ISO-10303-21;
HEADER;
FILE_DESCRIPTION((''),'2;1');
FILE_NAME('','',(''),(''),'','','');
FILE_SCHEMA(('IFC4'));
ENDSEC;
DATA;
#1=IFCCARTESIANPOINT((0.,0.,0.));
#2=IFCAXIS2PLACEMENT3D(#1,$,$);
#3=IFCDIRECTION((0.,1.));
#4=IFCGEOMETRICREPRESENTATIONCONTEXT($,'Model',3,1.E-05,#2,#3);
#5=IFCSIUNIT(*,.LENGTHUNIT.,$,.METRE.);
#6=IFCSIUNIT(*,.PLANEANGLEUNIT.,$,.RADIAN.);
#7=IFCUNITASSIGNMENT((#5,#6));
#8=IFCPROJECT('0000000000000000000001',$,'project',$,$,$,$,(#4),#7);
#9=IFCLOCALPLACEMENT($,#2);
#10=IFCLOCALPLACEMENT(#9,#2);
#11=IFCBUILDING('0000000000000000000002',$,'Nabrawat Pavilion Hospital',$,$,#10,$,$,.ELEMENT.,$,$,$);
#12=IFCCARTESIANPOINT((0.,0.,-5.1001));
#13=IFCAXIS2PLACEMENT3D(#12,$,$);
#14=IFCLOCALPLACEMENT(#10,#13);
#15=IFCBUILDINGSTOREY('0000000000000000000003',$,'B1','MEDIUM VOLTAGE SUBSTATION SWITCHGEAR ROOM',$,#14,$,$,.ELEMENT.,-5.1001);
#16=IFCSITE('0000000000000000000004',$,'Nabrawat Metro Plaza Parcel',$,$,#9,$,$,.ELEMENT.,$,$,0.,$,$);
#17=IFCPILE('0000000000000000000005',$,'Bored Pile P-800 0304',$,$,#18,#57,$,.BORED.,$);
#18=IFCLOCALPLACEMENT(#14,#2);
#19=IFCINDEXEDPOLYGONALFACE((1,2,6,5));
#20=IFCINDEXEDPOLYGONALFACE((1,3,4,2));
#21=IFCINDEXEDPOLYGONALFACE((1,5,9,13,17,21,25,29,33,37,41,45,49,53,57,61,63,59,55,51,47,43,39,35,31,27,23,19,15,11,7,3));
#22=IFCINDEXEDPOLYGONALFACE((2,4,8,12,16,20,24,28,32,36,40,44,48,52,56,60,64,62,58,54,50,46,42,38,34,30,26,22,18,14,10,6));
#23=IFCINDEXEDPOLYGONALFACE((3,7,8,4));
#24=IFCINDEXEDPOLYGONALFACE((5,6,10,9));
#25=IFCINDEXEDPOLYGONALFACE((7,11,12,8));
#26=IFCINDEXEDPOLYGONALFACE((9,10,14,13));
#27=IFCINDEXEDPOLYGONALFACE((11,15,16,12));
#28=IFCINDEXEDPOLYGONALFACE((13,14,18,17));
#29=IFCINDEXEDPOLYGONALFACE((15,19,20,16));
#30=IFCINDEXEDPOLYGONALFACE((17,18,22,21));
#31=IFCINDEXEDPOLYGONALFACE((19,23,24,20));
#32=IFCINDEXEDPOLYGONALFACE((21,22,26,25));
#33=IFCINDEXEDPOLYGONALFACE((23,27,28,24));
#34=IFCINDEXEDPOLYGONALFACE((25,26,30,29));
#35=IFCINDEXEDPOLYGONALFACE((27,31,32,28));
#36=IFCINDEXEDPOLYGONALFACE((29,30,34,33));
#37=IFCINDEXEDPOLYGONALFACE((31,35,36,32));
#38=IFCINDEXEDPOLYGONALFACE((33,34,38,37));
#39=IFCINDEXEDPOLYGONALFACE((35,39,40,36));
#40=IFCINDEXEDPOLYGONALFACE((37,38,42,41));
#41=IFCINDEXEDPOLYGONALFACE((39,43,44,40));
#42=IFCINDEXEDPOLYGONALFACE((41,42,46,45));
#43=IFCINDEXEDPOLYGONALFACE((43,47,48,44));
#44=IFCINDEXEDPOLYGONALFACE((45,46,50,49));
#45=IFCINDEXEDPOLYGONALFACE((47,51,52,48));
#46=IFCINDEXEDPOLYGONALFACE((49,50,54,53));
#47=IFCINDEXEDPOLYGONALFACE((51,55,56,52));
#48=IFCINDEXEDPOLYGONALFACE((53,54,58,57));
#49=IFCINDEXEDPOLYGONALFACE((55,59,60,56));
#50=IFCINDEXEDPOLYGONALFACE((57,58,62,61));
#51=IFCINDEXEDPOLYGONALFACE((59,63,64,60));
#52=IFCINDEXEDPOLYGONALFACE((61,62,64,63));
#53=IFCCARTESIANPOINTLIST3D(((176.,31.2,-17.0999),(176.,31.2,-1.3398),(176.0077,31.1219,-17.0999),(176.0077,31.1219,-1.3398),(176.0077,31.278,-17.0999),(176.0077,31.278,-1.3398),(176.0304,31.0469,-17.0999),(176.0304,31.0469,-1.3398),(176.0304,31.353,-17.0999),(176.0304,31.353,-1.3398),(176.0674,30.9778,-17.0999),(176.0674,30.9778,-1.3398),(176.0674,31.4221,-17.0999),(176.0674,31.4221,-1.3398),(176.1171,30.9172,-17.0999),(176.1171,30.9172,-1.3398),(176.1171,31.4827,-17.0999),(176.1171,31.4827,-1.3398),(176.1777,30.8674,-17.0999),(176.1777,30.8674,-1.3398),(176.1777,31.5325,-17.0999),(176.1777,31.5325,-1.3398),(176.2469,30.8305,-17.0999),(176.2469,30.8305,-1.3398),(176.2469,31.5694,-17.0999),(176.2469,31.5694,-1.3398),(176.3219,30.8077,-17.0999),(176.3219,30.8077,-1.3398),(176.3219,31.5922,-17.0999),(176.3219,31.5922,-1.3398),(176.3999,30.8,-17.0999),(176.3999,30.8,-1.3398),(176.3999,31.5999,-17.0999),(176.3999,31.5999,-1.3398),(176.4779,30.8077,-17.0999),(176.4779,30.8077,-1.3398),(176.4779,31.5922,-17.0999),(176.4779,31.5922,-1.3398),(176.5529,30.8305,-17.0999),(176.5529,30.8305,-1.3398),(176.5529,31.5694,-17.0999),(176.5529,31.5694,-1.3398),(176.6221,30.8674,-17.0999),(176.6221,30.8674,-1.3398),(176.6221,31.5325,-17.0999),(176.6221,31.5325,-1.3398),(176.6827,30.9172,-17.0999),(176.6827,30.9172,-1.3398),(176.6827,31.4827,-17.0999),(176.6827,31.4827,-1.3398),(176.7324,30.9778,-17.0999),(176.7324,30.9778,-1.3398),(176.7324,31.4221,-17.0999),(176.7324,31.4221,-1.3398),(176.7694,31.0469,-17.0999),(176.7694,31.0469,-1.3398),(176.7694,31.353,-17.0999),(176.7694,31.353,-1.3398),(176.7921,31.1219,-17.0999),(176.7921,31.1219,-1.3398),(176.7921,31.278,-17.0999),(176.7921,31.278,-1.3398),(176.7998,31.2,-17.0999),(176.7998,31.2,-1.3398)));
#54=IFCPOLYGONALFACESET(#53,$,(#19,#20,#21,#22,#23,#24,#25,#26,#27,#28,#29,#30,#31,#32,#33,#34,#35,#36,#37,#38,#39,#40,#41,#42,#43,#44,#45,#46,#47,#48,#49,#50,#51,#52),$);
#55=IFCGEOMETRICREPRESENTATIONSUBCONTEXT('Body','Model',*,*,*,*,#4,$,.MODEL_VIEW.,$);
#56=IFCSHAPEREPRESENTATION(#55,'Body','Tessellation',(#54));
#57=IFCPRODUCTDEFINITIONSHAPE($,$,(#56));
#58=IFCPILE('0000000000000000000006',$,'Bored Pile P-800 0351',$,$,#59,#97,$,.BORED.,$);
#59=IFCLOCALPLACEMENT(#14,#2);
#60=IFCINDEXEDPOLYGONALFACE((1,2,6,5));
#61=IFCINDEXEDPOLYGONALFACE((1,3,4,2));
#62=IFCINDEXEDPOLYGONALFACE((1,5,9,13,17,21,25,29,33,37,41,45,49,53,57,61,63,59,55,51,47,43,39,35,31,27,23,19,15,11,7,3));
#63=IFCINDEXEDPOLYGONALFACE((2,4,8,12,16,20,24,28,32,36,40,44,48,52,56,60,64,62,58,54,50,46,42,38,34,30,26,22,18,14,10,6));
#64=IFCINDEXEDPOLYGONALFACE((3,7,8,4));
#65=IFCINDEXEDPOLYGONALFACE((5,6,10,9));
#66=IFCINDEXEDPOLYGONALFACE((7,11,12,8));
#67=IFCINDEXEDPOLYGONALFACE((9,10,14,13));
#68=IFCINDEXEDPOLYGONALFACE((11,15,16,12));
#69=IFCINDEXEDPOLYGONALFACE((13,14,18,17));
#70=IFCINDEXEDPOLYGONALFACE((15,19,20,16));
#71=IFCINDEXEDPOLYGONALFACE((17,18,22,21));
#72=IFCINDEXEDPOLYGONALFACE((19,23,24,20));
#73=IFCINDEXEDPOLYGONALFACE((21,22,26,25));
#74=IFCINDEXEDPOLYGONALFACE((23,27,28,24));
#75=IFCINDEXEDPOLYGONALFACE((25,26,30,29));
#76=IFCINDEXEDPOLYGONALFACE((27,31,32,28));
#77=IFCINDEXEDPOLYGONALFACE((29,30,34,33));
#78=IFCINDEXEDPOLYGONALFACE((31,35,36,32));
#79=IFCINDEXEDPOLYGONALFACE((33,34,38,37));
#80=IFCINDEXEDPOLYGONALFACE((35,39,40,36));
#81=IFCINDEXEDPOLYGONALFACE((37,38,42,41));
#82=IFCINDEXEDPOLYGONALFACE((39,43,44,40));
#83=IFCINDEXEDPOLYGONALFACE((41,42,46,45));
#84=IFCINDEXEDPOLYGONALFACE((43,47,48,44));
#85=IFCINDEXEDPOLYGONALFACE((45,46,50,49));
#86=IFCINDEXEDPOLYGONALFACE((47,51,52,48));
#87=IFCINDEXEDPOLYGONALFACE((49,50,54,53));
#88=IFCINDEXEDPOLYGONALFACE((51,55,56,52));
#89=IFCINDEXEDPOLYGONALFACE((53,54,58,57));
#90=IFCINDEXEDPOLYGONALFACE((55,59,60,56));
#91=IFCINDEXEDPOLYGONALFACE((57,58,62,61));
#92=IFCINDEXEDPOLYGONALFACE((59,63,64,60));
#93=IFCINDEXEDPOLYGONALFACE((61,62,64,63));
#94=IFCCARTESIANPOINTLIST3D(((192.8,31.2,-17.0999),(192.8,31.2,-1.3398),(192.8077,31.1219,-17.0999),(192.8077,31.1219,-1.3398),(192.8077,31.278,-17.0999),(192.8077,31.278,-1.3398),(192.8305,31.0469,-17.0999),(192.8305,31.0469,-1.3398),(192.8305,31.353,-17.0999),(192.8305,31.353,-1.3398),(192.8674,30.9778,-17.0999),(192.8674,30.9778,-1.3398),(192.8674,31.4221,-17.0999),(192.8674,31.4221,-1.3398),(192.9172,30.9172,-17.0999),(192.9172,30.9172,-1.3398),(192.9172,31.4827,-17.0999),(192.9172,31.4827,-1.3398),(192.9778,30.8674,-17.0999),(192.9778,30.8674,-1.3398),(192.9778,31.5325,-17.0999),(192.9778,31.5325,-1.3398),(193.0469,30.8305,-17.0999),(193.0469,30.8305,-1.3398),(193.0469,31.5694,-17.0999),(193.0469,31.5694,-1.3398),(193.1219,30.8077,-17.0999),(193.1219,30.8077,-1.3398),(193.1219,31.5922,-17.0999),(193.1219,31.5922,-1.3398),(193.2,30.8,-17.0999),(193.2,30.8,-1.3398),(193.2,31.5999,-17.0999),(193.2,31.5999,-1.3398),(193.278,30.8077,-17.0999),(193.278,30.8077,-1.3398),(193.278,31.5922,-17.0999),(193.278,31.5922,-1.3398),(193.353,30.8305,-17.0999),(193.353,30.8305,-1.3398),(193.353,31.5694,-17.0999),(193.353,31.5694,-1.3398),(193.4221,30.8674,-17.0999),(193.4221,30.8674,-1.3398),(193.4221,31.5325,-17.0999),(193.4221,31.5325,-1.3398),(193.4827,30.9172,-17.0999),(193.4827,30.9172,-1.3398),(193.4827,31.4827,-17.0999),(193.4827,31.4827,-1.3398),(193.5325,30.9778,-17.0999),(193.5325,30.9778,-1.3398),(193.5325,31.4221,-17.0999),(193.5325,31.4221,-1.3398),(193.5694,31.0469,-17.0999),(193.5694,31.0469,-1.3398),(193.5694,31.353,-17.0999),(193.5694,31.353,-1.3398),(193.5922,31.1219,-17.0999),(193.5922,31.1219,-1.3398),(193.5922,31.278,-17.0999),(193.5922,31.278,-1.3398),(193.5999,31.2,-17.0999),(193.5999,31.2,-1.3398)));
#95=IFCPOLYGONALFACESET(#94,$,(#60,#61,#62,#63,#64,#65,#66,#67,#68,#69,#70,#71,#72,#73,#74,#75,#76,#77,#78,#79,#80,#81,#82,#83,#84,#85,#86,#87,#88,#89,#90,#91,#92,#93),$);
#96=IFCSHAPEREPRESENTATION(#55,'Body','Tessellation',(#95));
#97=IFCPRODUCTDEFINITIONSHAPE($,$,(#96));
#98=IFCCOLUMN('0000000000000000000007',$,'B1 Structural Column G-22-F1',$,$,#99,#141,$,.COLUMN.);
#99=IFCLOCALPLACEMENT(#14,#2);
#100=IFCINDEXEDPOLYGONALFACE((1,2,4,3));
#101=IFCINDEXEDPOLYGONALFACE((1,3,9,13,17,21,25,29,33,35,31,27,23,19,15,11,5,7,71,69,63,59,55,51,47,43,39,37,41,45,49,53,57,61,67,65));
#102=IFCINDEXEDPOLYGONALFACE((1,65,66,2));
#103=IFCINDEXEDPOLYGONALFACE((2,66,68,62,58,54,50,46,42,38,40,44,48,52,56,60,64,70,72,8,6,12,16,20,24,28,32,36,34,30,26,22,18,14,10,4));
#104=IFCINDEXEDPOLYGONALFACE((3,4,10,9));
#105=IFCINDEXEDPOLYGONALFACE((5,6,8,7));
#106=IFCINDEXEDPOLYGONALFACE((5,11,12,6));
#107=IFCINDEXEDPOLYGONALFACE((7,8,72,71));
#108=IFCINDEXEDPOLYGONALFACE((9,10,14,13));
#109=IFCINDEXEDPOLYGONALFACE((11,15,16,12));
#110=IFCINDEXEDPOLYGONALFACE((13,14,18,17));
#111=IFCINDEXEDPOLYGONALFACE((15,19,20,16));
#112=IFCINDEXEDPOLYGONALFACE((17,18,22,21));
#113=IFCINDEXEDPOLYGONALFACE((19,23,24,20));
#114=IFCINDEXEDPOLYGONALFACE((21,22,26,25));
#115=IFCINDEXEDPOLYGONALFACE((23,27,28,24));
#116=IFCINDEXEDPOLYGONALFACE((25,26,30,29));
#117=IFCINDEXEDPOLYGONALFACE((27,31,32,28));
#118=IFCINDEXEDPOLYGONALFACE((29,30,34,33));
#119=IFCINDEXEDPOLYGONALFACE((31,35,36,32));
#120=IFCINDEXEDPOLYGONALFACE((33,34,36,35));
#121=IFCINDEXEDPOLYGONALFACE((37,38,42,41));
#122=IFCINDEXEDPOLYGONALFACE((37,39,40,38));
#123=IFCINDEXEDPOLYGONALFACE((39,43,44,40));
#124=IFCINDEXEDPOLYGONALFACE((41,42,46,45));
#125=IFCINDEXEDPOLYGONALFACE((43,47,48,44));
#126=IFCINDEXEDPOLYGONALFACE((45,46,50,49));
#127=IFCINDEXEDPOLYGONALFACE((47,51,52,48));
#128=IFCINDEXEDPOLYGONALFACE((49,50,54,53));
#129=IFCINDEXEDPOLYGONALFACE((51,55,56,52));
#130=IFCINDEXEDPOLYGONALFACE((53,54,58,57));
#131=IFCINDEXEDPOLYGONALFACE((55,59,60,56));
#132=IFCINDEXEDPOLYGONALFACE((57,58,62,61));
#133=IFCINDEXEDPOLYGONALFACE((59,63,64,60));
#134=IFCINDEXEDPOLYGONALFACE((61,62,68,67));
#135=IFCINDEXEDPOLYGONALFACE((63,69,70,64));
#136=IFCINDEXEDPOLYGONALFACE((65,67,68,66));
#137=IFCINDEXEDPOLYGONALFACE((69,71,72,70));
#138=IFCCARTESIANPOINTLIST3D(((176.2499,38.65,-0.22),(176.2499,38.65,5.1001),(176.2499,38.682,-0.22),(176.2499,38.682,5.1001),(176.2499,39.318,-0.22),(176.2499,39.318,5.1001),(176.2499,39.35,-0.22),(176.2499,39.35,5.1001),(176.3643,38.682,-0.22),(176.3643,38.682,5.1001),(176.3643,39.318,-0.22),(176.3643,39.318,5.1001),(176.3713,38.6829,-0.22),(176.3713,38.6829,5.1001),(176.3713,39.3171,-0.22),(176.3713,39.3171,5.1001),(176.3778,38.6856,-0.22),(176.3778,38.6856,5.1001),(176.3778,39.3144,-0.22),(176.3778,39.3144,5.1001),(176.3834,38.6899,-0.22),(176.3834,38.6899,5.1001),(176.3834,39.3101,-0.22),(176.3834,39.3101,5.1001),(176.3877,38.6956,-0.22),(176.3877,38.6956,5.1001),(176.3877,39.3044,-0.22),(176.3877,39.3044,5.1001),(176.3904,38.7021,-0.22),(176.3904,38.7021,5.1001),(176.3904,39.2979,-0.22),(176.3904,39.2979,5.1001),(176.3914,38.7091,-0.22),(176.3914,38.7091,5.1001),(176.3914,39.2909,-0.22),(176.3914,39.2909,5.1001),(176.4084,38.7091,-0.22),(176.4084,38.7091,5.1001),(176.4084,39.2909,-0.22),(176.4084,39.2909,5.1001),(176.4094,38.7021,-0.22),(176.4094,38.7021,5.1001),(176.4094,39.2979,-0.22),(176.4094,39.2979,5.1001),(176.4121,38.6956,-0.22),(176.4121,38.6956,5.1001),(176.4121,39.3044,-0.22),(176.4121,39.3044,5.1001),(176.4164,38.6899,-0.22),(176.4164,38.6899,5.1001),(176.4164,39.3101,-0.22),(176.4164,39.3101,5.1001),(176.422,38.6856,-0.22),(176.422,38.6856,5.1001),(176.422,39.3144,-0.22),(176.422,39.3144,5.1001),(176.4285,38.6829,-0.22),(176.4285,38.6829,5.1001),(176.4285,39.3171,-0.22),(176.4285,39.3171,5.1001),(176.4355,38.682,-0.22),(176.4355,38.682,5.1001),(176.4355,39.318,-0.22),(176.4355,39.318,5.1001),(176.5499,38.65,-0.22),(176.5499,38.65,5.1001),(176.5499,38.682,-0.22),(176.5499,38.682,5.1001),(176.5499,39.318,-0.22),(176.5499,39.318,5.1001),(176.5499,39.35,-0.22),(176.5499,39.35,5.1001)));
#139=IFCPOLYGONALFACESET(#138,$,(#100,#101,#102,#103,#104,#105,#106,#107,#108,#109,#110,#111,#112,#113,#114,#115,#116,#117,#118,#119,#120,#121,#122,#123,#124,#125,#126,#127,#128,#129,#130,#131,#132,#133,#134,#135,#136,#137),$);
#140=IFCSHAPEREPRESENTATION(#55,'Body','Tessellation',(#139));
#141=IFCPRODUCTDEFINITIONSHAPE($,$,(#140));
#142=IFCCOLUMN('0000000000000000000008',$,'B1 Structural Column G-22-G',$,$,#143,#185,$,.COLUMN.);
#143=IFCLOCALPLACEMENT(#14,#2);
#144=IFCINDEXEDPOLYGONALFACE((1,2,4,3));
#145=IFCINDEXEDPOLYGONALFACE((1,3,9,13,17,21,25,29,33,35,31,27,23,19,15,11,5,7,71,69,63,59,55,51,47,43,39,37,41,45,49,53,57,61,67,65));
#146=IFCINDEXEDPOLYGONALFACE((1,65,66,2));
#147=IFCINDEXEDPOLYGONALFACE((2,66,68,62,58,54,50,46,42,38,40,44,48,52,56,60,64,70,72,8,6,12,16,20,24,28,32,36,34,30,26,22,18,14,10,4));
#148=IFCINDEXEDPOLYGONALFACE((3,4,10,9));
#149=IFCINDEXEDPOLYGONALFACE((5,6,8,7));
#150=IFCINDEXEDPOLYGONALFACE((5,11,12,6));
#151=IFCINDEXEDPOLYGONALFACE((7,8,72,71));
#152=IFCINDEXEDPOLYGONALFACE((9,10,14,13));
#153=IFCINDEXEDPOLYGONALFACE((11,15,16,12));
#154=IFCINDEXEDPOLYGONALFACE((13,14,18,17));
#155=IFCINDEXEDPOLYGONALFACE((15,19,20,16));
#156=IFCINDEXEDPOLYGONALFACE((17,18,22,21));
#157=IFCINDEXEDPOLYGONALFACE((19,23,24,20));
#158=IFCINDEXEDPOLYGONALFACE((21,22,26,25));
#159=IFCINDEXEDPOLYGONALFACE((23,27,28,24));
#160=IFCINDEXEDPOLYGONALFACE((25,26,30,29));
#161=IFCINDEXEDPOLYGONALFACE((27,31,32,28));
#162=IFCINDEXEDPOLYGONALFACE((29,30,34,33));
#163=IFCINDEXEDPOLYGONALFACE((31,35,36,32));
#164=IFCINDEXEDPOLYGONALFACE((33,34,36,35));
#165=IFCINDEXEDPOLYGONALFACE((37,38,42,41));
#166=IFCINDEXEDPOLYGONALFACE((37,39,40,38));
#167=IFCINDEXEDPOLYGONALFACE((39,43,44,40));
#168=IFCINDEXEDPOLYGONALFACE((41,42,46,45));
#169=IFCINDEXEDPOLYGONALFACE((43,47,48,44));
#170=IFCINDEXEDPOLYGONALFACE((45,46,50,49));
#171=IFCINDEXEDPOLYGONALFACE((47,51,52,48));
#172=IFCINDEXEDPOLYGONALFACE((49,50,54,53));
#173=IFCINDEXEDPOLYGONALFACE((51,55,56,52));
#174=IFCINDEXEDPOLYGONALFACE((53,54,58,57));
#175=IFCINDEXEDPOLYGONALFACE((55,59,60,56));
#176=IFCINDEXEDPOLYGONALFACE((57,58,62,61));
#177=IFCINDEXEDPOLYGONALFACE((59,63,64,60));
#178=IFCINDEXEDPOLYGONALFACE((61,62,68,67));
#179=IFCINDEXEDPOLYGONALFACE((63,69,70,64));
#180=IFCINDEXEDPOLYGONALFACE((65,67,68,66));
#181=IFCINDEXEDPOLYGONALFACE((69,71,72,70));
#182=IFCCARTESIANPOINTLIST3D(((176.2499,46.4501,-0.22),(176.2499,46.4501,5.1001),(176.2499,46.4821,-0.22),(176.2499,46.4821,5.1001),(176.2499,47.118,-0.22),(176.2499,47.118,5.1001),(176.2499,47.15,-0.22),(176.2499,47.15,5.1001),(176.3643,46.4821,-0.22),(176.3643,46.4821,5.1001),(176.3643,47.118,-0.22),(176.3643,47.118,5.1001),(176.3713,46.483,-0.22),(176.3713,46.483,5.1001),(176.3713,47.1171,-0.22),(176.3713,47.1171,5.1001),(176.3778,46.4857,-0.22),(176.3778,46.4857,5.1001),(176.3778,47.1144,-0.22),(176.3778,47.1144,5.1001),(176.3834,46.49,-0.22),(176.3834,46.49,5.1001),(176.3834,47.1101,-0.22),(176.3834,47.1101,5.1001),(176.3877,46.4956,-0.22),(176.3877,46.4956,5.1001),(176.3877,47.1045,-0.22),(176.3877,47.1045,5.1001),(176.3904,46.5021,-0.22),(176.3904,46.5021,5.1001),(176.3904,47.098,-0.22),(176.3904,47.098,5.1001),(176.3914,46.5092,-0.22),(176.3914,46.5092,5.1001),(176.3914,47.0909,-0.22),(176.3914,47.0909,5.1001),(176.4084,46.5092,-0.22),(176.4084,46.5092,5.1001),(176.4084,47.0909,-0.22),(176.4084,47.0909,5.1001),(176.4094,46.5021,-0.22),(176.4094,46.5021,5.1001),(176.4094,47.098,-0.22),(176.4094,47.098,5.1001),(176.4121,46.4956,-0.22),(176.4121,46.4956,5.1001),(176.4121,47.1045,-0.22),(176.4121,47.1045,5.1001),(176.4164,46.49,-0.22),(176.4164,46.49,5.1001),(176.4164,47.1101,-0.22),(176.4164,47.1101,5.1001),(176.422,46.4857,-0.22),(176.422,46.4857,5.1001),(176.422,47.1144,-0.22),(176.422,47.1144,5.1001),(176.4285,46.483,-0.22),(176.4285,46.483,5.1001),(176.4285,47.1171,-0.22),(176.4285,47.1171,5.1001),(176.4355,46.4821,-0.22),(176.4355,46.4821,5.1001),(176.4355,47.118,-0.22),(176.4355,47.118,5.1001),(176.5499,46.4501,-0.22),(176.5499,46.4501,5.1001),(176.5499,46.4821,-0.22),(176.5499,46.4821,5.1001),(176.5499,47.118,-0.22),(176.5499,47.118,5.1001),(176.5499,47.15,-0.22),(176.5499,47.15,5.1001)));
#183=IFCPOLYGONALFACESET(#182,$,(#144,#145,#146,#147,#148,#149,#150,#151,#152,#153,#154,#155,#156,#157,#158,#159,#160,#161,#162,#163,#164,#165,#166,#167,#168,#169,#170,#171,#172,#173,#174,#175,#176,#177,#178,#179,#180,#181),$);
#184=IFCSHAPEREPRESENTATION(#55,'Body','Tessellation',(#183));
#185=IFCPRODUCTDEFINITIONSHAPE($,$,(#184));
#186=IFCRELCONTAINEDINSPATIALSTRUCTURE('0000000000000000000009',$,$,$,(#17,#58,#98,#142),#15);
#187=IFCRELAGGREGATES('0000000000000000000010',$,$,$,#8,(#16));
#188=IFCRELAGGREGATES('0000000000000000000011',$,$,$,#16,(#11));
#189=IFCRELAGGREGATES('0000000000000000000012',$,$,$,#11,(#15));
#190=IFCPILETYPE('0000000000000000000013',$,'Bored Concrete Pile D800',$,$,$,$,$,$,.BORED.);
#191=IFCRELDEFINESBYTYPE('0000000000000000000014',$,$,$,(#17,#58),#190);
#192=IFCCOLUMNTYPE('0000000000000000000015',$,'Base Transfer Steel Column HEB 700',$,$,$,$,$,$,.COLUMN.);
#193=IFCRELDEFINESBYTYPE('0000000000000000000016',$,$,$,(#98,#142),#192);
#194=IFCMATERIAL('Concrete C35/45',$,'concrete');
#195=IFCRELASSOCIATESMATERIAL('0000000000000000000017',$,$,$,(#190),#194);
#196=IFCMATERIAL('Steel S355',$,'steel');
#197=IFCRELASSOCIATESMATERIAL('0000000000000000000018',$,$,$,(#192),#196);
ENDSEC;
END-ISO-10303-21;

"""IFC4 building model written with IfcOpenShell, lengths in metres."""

from ifc_helpers import new_model, si_unit, direction, frame, origin, origin_2d, place, context, subcontext, project, spatial, circle, i_section, extrude, material, material_profile, profile_set, type_object, element, save


model = new_model("IFC4")

# Units and contexts
model_context = context("Model", 3, precision=1e-05, world=origin(), true_north=direction((0.0, 1.0)))
body_context = subcontext(model_context, "Body", "Model", "MODEL_VIEW")
ifc_project = project(units=[si_unit("LENGTHUNIT", "METRE"), si_unit("PLANEANGLEUNIT", "RADIAN")], contexts=[model_context])

# Site, building, storey
site_placement = place(None, origin())
site = spatial("IfcSite", under=ifc_project, at=site_placement, Name="Nabrawat Metro Plaza Parcel", CompositionType="ELEMENT", RefElevation=0.0)
building_placement = place(site_placement, origin())
building = spatial("IfcBuilding", under=site, at=building_placement, Name="Nabrawat Pavilion Hospital", CompositionType="ELEMENT")
storey_placement = place(building_placement, frame((0.0, 0.0, -5.1001)))
storey = spatial("IfcBuildingStorey", under=building, at=storey_placement, Name="B1", Description="MEDIUM VOLTAGE SUBSTATION SWITCHGEAR ROOM", CompositionType="ELEMENT", Elevation=-5.1001)

# Piles
ifc_material_1 = material(Name="Concrete C35/45", Category="concrete")
ifc_material_profile_1 = material_profile(ifc_material_1, circle(Radius=0.3999, at=origin_2d()), Name="DIA 800")
ifc_profile_set_1 = profile_set([ifc_material_profile_1], Name="Concrete C35/45")
pile_type_1 = type_object("IfcPileType", Name="Bored Concrete Pile D800", PredefinedType="BORED", material=ifc_profile_set_1)
for number, where, z_axis, x_axis, name in (
    (1, (176.3999, 31.2, -1.3398), (0.0, 0.0, -1.0), (1.0, 0.0, 0.0), "Bored Pile P-800 0304"),
    (2, (193.2, 31.2, -1.3398), (0.0, 0.0, -1.0), (1.0, 0.0, 0.0), "Bored Pile P-800 0351"),
):
    element("IfcPile", number, at=place(storey_placement, frame(where, z_axis=z_axis, x_axis=x_axis)), inside=storey, type_object=pile_type_1, Name=name, PredefinedType="BORED", context=body_context, shape_type="SweptSolid", body=[
        extrude(circle(Radius=0.3999, at=origin_2d()), origin(), (0.0, 0.0, 1.0), 15.76),
    ])

# Columns
ifc_material_2 = material(Name="Steel S355", Category="steel")
ifc_material_profile_2 = material_profile(ifc_material_2, i_section(OverallWidth=0.3, OverallDepth=0.7, WebThickness=0.0171, FlangeThickness=0.032, FilletRadius=0.0271, at=origin_2d()), Name="HEB 700")
ifc_profile_set_2 = profile_set([ifc_material_profile_2], Name="Steel S355")
column_type_1 = type_object("IfcColumnType", Name="Base Transfer Steel Column HEB 700", PredefinedType="COLUMN", material=ifc_profile_set_2)
for number, where, z_axis, x_axis, name in (
    (3, (176.3999, 39.0, -0.22), (0.0, 0.0, 1.0), (1.0, 0.0, 0.0), "B1 Structural Column G-22-F1"),
    (4, (176.3999, 46.8, -0.22), (0.0, 0.0, 1.0), (1.0, 0.0, 0.0), "B1 Structural Column G-22-G"),
):
    element("IfcColumn", number, at=place(storey_placement, frame(where, z_axis=z_axis, x_axis=x_axis)), inside=storey, type_object=column_type_1, Name=name, PredefinedType="COLUMN", context=body_context, shape_type="SweptSolid", body=[
        extrude(i_section(OverallWidth=0.3, OverallDepth=0.7, WebThickness=0.0171, FlangeThickness=0.032, FilletRadius=0.0271, at=origin_2d()), origin(), (0.0, 0.0, 1.0), 5.3201),
    ])

save(model, "model.ifc")
